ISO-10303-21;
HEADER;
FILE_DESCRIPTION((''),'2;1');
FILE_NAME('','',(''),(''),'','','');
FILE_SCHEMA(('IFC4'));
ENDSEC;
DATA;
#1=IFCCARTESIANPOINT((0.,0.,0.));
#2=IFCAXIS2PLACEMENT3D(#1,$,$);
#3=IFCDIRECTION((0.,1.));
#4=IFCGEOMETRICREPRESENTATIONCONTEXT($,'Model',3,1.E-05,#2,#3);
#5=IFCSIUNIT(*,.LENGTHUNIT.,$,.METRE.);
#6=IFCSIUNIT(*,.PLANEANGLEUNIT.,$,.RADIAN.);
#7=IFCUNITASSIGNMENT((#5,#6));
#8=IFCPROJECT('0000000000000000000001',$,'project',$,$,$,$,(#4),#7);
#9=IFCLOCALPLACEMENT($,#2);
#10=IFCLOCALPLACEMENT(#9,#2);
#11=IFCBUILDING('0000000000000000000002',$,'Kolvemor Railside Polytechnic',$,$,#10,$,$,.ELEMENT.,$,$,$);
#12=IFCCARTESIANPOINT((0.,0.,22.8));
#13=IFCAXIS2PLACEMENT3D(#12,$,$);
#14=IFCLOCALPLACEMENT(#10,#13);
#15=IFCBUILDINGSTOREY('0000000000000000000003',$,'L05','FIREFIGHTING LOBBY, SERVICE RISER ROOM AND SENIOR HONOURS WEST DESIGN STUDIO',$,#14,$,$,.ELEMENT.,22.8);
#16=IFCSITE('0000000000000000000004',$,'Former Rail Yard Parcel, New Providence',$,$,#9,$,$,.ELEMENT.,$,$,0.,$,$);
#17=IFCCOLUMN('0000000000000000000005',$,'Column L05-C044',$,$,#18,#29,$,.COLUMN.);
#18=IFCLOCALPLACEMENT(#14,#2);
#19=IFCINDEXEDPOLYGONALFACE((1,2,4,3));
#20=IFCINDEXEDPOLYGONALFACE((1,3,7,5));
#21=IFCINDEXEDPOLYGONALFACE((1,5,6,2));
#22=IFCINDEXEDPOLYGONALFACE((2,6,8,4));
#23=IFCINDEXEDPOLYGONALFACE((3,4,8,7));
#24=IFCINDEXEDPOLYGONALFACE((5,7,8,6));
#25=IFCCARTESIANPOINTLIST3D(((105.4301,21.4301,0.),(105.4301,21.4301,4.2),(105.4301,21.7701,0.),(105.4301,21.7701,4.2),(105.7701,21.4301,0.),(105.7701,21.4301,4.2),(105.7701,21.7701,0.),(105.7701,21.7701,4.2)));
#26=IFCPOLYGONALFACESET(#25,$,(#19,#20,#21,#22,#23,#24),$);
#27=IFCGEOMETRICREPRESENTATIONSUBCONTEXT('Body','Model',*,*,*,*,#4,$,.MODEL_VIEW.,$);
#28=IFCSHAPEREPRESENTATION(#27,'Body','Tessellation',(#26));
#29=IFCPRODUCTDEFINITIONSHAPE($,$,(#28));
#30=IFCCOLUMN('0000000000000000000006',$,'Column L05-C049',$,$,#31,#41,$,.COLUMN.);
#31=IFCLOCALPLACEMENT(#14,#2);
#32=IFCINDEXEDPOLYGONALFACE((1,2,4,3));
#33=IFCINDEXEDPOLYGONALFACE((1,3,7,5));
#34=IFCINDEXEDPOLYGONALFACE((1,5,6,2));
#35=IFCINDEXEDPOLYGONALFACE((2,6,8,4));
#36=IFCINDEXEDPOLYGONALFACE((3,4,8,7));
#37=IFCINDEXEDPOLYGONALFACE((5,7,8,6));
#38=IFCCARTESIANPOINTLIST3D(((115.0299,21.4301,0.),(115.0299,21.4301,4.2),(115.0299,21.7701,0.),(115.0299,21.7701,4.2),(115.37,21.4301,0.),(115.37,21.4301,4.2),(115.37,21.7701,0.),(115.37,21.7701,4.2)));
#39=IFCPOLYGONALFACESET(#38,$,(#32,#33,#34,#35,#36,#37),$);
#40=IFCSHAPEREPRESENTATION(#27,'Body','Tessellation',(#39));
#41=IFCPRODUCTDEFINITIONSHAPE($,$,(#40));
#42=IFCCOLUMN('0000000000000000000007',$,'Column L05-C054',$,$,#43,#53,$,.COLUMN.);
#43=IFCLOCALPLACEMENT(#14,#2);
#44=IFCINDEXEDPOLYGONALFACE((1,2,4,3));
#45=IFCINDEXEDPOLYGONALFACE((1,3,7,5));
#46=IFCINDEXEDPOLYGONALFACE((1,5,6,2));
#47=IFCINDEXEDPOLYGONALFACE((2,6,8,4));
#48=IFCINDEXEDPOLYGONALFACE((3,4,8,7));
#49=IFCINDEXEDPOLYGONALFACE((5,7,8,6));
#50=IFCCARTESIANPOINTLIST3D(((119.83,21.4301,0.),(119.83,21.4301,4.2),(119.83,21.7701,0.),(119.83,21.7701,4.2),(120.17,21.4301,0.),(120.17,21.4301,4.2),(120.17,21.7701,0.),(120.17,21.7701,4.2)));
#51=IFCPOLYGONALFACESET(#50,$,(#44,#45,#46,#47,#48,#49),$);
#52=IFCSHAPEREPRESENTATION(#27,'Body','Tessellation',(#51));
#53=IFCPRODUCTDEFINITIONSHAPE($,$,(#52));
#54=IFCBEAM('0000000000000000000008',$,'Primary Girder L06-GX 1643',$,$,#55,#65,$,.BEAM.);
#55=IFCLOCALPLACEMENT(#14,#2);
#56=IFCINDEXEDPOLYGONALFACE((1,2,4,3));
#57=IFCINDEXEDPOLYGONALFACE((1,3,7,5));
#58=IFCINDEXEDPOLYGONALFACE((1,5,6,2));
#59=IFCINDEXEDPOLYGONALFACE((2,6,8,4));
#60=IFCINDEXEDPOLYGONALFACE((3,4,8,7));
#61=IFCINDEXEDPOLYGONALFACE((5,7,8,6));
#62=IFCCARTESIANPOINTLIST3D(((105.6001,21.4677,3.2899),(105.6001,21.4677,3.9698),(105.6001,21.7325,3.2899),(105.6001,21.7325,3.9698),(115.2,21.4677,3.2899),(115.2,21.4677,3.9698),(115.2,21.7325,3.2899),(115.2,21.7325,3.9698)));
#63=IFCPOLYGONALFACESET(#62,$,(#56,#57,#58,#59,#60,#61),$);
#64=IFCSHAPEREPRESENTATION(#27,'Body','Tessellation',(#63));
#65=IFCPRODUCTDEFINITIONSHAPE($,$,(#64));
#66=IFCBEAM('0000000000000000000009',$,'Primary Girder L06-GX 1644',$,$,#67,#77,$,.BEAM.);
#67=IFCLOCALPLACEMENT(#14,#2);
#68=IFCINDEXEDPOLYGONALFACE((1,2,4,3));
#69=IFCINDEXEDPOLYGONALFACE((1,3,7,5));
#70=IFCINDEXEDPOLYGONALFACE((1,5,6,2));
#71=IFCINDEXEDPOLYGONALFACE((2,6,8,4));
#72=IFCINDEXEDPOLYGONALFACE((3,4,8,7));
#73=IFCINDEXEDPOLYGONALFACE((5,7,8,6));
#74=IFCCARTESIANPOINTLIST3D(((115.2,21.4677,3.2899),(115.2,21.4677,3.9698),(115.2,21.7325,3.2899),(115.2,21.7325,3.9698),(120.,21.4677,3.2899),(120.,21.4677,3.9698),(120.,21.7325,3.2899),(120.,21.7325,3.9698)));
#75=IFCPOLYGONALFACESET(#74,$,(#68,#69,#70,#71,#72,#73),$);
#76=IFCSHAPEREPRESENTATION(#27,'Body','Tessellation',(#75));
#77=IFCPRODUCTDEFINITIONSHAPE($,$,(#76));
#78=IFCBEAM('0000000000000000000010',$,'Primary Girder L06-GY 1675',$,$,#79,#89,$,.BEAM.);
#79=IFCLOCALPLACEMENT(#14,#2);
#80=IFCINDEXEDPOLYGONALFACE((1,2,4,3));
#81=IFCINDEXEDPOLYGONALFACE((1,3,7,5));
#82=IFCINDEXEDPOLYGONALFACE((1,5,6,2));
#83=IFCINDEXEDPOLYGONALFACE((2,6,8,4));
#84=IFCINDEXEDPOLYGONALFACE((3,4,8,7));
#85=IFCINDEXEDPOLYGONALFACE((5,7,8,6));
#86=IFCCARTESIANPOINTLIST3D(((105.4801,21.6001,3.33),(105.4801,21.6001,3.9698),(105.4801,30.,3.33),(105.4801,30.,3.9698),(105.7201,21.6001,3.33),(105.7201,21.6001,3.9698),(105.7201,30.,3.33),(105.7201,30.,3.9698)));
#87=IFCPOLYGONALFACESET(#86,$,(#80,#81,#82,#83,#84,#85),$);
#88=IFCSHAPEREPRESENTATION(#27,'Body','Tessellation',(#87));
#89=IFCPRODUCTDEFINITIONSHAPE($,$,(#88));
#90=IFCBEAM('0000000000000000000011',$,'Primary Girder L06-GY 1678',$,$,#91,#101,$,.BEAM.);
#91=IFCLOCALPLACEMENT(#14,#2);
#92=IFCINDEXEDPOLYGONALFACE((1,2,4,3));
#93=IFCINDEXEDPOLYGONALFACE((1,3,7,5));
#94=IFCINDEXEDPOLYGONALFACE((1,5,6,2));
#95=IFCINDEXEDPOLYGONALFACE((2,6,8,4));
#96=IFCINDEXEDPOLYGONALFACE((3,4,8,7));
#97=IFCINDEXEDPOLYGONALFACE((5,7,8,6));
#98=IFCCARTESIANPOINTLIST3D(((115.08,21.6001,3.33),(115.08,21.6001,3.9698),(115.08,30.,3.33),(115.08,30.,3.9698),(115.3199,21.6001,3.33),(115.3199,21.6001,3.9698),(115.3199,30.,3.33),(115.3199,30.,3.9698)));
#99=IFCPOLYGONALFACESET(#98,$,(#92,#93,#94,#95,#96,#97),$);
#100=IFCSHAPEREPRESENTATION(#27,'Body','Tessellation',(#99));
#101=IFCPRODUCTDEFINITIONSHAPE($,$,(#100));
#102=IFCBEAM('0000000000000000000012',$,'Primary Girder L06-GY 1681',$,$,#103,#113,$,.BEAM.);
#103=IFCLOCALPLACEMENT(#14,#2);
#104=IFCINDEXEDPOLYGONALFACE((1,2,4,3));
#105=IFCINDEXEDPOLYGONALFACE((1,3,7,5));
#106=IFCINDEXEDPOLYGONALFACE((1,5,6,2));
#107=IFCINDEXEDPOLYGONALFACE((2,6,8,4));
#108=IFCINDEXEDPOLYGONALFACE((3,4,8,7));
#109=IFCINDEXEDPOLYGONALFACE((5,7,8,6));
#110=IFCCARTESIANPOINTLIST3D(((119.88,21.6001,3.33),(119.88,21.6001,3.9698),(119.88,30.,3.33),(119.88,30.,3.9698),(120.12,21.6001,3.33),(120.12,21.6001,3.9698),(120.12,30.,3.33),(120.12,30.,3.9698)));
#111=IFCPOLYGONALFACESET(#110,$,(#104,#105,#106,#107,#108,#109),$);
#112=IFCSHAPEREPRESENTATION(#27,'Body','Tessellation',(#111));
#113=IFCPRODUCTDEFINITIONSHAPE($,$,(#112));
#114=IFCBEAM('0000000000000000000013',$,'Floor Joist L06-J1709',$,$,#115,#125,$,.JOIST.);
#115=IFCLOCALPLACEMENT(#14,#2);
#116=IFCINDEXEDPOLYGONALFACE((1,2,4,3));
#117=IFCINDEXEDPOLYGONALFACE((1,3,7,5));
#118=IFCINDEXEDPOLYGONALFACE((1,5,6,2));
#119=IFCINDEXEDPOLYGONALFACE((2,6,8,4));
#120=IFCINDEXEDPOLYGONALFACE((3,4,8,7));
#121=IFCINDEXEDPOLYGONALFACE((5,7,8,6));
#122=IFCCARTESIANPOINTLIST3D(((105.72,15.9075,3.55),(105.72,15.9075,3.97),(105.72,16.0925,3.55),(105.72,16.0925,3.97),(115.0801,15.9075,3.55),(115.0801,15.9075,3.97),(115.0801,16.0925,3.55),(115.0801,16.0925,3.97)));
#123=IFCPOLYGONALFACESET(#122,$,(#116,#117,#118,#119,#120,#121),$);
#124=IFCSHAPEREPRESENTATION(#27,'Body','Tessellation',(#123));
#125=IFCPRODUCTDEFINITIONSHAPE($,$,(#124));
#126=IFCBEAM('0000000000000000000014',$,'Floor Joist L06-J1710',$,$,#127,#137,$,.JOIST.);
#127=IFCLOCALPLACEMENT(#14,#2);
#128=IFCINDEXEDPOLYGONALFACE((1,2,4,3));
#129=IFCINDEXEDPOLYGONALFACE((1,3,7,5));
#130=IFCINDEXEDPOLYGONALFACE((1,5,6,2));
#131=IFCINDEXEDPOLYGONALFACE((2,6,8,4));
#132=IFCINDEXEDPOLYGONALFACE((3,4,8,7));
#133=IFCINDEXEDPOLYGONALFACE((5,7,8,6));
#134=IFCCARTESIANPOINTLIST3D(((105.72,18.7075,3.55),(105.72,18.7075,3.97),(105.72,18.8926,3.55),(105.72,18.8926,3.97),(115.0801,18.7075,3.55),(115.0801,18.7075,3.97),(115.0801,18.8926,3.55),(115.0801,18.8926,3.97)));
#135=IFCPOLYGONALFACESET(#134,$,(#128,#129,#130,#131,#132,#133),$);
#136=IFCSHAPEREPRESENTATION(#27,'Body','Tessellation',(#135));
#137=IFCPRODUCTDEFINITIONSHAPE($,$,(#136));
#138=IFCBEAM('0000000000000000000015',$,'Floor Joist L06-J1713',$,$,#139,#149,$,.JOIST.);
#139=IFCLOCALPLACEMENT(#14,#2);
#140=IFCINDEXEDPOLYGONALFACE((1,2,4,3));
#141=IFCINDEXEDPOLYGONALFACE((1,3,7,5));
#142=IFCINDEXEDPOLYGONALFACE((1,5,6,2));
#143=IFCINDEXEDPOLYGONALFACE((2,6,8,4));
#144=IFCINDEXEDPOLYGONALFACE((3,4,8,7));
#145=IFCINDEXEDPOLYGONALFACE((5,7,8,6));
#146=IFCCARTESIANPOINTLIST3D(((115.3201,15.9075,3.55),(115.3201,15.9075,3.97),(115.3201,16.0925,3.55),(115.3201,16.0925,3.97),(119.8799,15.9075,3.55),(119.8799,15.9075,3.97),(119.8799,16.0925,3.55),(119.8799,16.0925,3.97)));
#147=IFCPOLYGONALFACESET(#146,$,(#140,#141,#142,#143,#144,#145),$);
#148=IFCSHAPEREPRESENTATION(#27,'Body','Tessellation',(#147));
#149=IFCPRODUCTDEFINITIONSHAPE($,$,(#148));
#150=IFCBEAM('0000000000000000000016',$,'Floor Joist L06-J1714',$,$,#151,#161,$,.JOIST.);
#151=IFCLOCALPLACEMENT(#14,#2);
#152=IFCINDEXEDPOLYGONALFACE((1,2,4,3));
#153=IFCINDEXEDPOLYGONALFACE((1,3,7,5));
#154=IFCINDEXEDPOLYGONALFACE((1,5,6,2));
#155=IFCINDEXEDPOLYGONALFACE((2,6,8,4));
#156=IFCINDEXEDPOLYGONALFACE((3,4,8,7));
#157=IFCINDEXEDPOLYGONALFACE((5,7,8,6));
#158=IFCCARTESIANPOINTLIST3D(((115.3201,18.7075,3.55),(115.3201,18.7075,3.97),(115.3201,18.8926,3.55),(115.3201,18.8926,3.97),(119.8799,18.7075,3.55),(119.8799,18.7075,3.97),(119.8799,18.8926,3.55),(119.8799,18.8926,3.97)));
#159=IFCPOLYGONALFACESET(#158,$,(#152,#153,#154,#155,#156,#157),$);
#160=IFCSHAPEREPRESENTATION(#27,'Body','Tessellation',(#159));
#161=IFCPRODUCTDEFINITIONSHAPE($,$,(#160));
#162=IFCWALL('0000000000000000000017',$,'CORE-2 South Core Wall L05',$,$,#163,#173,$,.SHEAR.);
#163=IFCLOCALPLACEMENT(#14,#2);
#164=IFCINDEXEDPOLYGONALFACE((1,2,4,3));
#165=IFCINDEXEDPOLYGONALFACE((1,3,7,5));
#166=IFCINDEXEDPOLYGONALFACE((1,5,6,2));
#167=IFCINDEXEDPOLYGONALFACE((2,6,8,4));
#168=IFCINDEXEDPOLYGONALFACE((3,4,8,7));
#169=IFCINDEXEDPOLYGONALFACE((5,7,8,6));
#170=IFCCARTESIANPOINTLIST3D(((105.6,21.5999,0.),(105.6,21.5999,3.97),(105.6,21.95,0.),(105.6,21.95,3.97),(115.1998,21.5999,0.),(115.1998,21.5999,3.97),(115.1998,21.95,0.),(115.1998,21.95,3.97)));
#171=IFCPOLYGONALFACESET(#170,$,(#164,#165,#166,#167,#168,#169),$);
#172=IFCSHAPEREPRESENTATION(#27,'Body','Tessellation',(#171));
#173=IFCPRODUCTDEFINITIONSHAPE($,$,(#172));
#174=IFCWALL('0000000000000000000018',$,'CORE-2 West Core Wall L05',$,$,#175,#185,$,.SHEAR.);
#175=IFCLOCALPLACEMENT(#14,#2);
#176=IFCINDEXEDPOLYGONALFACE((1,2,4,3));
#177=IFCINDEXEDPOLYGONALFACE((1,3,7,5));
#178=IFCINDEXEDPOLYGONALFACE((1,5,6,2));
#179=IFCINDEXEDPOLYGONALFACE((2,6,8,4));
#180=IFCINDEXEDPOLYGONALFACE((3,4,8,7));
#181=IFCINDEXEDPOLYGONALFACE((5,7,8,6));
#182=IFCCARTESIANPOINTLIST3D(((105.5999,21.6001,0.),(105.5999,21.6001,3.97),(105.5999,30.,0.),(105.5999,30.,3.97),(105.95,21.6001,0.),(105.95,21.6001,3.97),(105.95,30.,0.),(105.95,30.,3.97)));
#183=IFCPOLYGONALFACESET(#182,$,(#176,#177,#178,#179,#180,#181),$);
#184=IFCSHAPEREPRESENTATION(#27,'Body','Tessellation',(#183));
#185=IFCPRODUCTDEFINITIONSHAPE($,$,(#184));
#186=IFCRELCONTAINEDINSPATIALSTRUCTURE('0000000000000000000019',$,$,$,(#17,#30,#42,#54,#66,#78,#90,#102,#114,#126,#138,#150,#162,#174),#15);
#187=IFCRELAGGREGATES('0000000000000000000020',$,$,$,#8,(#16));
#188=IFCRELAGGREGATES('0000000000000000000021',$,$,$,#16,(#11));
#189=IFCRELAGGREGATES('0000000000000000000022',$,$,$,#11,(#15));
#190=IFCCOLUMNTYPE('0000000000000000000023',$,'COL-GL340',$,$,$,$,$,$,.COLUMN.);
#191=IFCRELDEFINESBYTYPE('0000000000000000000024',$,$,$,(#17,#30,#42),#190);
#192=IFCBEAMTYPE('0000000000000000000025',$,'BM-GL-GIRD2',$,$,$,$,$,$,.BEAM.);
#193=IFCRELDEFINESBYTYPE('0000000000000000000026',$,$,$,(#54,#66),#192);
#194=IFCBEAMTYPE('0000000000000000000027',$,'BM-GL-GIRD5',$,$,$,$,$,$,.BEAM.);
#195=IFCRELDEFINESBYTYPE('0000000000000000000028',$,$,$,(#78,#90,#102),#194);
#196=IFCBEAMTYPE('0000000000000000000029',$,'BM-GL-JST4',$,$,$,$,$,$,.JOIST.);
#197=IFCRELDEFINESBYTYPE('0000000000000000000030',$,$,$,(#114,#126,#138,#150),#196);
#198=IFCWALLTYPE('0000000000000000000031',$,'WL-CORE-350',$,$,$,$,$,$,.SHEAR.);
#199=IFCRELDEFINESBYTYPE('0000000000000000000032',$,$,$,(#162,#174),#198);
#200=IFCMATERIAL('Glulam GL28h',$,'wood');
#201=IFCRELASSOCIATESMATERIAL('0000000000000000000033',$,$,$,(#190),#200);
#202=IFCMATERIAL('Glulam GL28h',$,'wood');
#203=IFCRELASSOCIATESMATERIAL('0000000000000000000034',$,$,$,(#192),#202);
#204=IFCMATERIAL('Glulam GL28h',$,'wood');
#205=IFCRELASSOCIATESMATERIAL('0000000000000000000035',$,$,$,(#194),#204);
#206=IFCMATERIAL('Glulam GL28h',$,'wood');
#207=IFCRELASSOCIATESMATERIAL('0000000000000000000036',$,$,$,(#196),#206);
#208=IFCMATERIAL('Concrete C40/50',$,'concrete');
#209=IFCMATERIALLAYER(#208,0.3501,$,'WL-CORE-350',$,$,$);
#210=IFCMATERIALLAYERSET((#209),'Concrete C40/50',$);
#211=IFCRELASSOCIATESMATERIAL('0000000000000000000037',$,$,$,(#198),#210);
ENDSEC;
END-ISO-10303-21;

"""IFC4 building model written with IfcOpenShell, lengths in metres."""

from ifc_helpers import new_model, si_unit, direction, frame, frame_2d, origin, origin_2d, place, context, subcontext, project, spatial, rectangle, extrude, material, layer, layer_set, material_profile, profile_set, type_object, element, save


model = new_model("IFC4")

# Units and contexts
model_context = context("Model", 3, precision=1e-05, world=origin(), true_north=direction((0.0, 1.0)))
body_context = subcontext(model_context, "Body", "Model", "MODEL_VIEW")
ifc_project = project(units=[si_unit("LENGTHUNIT", "METRE"), si_unit("PLANEANGLEUNIT", "RADIAN")], contexts=[model_context])

# Site, building, storey
site_placement = place(None, origin())
site = spatial("IfcSite", under=ifc_project, at=site_placement, Name="Former Rail Yard Parcel, New Providence", CompositionType="ELEMENT", RefElevation=0.0)
building_placement = place(site_placement, origin())
building = spatial("IfcBuilding", under=site, at=building_placement, Name="Kolvemor Railside Polytechnic", CompositionType="ELEMENT")
storey_placement = place(building_placement, frame((0.0, 0.0, 22.8)))
storey = spatial("IfcBuildingStorey", under=building, at=storey_placement, Name="L05", Description="FIREFIGHTING LOBBY, SERVICE RISER ROOM AND SENIOR HONOURS WEST DESIGN STUDIO", CompositionType="ELEMENT", Elevation=22.8)

# Columns
ifc_material_1 = material(Name="Glulam GL28h", Category="wood")
ifc_material_profile_1 = material_profile(ifc_material_1, rectangle(XDim=0.3401, YDim=0.3401, at=origin_2d()), Name="GL340x340")
ifc_profile_set_1 = profile_set([ifc_material_profile_1], Name="Glulam GL28h")
column_type = type_object("IfcColumnType", Name="COL-GL340", PredefinedType="COLUMN", material=ifc_profile_set_1)
for number, where, z_axis, x_axis, name in (
    (1, (105.6001, 21.6001, 0.0), (0.0, 0.0, 1.0), (1.0, 0.0, 0.0), "Column L05-C044"),
    (2, (115.2, 21.6001, 0.0), (0.0, 0.0, 1.0), (1.0, 0.0, 0.0), "Column L05-C049"),
    (3, (120.0, 21.6001, 0.0), (0.0, 0.0, 1.0), (1.0, 0.0, 0.0), "Column L05-C054"),
):
    element("IfcColumn", number, at=place(storey_placement, frame(where, z_axis=z_axis, x_axis=x_axis)), inside=storey, type_object=column_type, Name=name, PredefinedType="COLUMN", context=body_context, shape_type="SweptSolid", body=[
        extrude(rectangle(XDim=0.3401, YDim=0.3401, at=origin_2d()), origin(), (0.0, 0.0, 1.0), 4.2),
    ])

# Beams
ifc_material_2 = material(Name="Glulam GL28h", Category="wood")
ifc_material_profile_2 = material_profile(ifc_material_2, rectangle(XDim=0.2649, YDim=0.6799, at=origin_2d()), Name="GL265x680")
ifc_profile_set_2 = profile_set([ifc_material_profile_2], Name="Glulam GL28h")
beam_type_1 = type_object("IfcBeamType", Name="BM-GL-GIRD2", PredefinedType="BEAM", material=ifc_profile_set_2)
beam_1_placement = place(storey_placement, frame((105.6001, 21.6001, 3.6299), z_axis=(1.0, 0.0, 0.0), x_axis=(0.0, 1.0, 0.0)))
element("IfcBeam", 4, at=beam_1_placement, inside=storey, type_object=beam_type_1, Name="Primary Girder L06-GX 1643", PredefinedType="BEAM", context=body_context, shape_type="SweptSolid", body=[
    extrude(rectangle(XDim=0.2649, YDim=0.6799, at=origin_2d()), origin(), (0.0, 0.0, 1.0), 9.5999),
])
beam_2_placement = place(storey_placement, frame((115.2, 21.6001, 3.6299), z_axis=(1.0, 0.0, 0.0), x_axis=(0.0, 1.0, 0.0)))
element("IfcBeam", 5, at=beam_2_placement, inside=storey, type_object=beam_type_1, Name="Primary Girder L06-GX 1644", PredefinedType="BEAM", context=body_context, shape_type="SweptSolid", body=[
    extrude(rectangle(XDim=0.2649, YDim=0.6799, at=origin_2d()), origin(), (0.0, 0.0, 1.0), 4.8),
])
ifc_material_3 = material(Name="Glulam GL28h", Category="wood")
ifc_material_profile_3 = material_profile(ifc_material_3, rectangle(XDim=0.24, YDim=0.6399, at=origin_2d()), Name="GL240x640")
ifc_profile_set_3 = profile_set([ifc_material_profile_3], Name="Glulam GL28h")
beam_type_2 = type_object("IfcBeamType", Name="BM-GL-GIRD5", PredefinedType="BEAM", material=ifc_profile_set_3)
for number, where, z_axis, x_axis, name in (
    (6, (105.6001, 21.6001, 3.6499), (0.0, 1.0, 0.0), (-1.0, 0.0, 0.0), "Primary Girder L06-GY 1675"),
    (7, (115.2, 21.6001, 3.6499), (0.0, 1.0, 0.0), (-1.0, 0.0, 0.0), "Primary Girder L06-GY 1678"),
    (8, (120.0, 21.6001, 3.6499), (0.0, 1.0, 0.0), (-1.0, 0.0, 0.0), "Primary Girder L06-GY 1681"),
):
    element("IfcBeam", number, at=place(storey_placement, frame(where, z_axis=z_axis, x_axis=x_axis)), inside=storey, type_object=beam_type_2, Name=name, PredefinedType="BEAM", context=body_context, shape_type="SweptSolid", body=[
        extrude(rectangle(XDim=0.24, YDim=0.6399, at=origin_2d()), origin(), (0.0, 0.0, 1.0), 8.3999),
    ])
ifc_material_4 = material(Name="Glulam GL28h", Category="wood")
ifc_material_profile_4 = material_profile(ifc_material_4, rectangle(XDim=0.1851, YDim=0.4199, at=origin_2d()), Name="GL185x420")
ifc_profile_set_4 = profile_set([ifc_material_profile_4], Name="Glulam GL28h")
beam_type_3 = type_object("IfcBeamType", Name="BM-GL-JST4", PredefinedType="JOIST", material=ifc_profile_set_4)
for number, where, z_axis, x_axis, name in (
    (9, (105.72, 16.0, 3.76), (1.0, 0.0, 0.0), (0.0, 1.0, 0.0), "Floor Joist L06-J1709"),
    (10, (105.72, 18.8, 3.76), (1.0, 0.0, 0.0), (0.0, 1.0, 0.0), "Floor Joist L06-J1710"),
):
    element("IfcBeam", number, at=place(storey_placement, frame(where, z_axis=z_axis, x_axis=x_axis)), inside=storey, type_object=beam_type_3, Name=name, PredefinedType="JOIST", context=body_context, shape_type="SweptSolid", body=[
        extrude(rectangle(XDim=0.1851, YDim=0.4199, at=origin_2d()), origin(), (0.0, 0.0, 1.0), 9.3601),
    ])
for number, where, z_axis, x_axis, name in (
    (11, (115.3201, 16.0, 3.76), (1.0, 0.0, 0.0), (0.0, 1.0, 0.0), "Floor Joist L06-J1713"),
    (12, (115.3201, 18.8, 3.76), (1.0, 0.0, 0.0), (0.0, 1.0, 0.0), "Floor Joist L06-J1714"),
):
    element("IfcBeam", number, at=place(storey_placement, frame(where, z_axis=z_axis, x_axis=x_axis)), inside=storey, type_object=beam_type_3, Name=name, PredefinedType="JOIST", context=body_context, shape_type="SweptSolid", body=[
        extrude(rectangle(XDim=0.1851, YDim=0.4199, at=origin_2d()), origin(), (0.0, 0.0, 1.0), 4.5598),
    ])

# Walls
ifc_material_5 = material(Name="Concrete C40/50", Category="concrete")
ifc_layer_1 = layer(ifc_material_5, 0.3501, Name="WL-CORE-350")
ifc_layer_set_1 = layer_set([ifc_layer_1], Name="Concrete C40/50")
wall_type_1 = type_object("IfcWallType", Name="WL-CORE-350", PredefinedType="SHEAR", material=ifc_layer_set_1)
wall_1_placement = place(storey_placement, frame((105.6001, 21.7749, 0.0), z_axis=(0.0, 0.0, 1.0), x_axis=(1.0, 0.0, 0.0)))
element("IfcWall", 13, at=wall_1_placement, inside=storey, type_object=wall_type_1, Name="CORE-2 South Core Wall L05", PredefinedType="SHEAR", context=body_context, shape_type="SweptSolid", body=[
    extrude(rectangle(XDim=9.5999, YDim=0.3501, at=frame_2d((4.7998, 0.0))), origin(), (0.0, 0.0, 1.0), 3.97),
])
wall_2_placement = place(storey_placement, frame((105.7749, 21.6001, 0.0), z_axis=(0.0, 0.0, 1.0), x_axis=(0.0, 1.0, 0.0)))
element("IfcWall", 14, at=wall_2_placement, inside=storey, type_object=wall_type_1, Name="CORE-2 West Core Wall L05", PredefinedType="SHEAR", context=body_context, shape_type="SweptSolid", body=[
    extrude(rectangle(XDim=8.3999, YDim=0.3501, at=frame_2d((4.2, 0.0))), origin(), (0.0, 0.0, 1.0), 3.97),
])

save(model, "model.ifc")
